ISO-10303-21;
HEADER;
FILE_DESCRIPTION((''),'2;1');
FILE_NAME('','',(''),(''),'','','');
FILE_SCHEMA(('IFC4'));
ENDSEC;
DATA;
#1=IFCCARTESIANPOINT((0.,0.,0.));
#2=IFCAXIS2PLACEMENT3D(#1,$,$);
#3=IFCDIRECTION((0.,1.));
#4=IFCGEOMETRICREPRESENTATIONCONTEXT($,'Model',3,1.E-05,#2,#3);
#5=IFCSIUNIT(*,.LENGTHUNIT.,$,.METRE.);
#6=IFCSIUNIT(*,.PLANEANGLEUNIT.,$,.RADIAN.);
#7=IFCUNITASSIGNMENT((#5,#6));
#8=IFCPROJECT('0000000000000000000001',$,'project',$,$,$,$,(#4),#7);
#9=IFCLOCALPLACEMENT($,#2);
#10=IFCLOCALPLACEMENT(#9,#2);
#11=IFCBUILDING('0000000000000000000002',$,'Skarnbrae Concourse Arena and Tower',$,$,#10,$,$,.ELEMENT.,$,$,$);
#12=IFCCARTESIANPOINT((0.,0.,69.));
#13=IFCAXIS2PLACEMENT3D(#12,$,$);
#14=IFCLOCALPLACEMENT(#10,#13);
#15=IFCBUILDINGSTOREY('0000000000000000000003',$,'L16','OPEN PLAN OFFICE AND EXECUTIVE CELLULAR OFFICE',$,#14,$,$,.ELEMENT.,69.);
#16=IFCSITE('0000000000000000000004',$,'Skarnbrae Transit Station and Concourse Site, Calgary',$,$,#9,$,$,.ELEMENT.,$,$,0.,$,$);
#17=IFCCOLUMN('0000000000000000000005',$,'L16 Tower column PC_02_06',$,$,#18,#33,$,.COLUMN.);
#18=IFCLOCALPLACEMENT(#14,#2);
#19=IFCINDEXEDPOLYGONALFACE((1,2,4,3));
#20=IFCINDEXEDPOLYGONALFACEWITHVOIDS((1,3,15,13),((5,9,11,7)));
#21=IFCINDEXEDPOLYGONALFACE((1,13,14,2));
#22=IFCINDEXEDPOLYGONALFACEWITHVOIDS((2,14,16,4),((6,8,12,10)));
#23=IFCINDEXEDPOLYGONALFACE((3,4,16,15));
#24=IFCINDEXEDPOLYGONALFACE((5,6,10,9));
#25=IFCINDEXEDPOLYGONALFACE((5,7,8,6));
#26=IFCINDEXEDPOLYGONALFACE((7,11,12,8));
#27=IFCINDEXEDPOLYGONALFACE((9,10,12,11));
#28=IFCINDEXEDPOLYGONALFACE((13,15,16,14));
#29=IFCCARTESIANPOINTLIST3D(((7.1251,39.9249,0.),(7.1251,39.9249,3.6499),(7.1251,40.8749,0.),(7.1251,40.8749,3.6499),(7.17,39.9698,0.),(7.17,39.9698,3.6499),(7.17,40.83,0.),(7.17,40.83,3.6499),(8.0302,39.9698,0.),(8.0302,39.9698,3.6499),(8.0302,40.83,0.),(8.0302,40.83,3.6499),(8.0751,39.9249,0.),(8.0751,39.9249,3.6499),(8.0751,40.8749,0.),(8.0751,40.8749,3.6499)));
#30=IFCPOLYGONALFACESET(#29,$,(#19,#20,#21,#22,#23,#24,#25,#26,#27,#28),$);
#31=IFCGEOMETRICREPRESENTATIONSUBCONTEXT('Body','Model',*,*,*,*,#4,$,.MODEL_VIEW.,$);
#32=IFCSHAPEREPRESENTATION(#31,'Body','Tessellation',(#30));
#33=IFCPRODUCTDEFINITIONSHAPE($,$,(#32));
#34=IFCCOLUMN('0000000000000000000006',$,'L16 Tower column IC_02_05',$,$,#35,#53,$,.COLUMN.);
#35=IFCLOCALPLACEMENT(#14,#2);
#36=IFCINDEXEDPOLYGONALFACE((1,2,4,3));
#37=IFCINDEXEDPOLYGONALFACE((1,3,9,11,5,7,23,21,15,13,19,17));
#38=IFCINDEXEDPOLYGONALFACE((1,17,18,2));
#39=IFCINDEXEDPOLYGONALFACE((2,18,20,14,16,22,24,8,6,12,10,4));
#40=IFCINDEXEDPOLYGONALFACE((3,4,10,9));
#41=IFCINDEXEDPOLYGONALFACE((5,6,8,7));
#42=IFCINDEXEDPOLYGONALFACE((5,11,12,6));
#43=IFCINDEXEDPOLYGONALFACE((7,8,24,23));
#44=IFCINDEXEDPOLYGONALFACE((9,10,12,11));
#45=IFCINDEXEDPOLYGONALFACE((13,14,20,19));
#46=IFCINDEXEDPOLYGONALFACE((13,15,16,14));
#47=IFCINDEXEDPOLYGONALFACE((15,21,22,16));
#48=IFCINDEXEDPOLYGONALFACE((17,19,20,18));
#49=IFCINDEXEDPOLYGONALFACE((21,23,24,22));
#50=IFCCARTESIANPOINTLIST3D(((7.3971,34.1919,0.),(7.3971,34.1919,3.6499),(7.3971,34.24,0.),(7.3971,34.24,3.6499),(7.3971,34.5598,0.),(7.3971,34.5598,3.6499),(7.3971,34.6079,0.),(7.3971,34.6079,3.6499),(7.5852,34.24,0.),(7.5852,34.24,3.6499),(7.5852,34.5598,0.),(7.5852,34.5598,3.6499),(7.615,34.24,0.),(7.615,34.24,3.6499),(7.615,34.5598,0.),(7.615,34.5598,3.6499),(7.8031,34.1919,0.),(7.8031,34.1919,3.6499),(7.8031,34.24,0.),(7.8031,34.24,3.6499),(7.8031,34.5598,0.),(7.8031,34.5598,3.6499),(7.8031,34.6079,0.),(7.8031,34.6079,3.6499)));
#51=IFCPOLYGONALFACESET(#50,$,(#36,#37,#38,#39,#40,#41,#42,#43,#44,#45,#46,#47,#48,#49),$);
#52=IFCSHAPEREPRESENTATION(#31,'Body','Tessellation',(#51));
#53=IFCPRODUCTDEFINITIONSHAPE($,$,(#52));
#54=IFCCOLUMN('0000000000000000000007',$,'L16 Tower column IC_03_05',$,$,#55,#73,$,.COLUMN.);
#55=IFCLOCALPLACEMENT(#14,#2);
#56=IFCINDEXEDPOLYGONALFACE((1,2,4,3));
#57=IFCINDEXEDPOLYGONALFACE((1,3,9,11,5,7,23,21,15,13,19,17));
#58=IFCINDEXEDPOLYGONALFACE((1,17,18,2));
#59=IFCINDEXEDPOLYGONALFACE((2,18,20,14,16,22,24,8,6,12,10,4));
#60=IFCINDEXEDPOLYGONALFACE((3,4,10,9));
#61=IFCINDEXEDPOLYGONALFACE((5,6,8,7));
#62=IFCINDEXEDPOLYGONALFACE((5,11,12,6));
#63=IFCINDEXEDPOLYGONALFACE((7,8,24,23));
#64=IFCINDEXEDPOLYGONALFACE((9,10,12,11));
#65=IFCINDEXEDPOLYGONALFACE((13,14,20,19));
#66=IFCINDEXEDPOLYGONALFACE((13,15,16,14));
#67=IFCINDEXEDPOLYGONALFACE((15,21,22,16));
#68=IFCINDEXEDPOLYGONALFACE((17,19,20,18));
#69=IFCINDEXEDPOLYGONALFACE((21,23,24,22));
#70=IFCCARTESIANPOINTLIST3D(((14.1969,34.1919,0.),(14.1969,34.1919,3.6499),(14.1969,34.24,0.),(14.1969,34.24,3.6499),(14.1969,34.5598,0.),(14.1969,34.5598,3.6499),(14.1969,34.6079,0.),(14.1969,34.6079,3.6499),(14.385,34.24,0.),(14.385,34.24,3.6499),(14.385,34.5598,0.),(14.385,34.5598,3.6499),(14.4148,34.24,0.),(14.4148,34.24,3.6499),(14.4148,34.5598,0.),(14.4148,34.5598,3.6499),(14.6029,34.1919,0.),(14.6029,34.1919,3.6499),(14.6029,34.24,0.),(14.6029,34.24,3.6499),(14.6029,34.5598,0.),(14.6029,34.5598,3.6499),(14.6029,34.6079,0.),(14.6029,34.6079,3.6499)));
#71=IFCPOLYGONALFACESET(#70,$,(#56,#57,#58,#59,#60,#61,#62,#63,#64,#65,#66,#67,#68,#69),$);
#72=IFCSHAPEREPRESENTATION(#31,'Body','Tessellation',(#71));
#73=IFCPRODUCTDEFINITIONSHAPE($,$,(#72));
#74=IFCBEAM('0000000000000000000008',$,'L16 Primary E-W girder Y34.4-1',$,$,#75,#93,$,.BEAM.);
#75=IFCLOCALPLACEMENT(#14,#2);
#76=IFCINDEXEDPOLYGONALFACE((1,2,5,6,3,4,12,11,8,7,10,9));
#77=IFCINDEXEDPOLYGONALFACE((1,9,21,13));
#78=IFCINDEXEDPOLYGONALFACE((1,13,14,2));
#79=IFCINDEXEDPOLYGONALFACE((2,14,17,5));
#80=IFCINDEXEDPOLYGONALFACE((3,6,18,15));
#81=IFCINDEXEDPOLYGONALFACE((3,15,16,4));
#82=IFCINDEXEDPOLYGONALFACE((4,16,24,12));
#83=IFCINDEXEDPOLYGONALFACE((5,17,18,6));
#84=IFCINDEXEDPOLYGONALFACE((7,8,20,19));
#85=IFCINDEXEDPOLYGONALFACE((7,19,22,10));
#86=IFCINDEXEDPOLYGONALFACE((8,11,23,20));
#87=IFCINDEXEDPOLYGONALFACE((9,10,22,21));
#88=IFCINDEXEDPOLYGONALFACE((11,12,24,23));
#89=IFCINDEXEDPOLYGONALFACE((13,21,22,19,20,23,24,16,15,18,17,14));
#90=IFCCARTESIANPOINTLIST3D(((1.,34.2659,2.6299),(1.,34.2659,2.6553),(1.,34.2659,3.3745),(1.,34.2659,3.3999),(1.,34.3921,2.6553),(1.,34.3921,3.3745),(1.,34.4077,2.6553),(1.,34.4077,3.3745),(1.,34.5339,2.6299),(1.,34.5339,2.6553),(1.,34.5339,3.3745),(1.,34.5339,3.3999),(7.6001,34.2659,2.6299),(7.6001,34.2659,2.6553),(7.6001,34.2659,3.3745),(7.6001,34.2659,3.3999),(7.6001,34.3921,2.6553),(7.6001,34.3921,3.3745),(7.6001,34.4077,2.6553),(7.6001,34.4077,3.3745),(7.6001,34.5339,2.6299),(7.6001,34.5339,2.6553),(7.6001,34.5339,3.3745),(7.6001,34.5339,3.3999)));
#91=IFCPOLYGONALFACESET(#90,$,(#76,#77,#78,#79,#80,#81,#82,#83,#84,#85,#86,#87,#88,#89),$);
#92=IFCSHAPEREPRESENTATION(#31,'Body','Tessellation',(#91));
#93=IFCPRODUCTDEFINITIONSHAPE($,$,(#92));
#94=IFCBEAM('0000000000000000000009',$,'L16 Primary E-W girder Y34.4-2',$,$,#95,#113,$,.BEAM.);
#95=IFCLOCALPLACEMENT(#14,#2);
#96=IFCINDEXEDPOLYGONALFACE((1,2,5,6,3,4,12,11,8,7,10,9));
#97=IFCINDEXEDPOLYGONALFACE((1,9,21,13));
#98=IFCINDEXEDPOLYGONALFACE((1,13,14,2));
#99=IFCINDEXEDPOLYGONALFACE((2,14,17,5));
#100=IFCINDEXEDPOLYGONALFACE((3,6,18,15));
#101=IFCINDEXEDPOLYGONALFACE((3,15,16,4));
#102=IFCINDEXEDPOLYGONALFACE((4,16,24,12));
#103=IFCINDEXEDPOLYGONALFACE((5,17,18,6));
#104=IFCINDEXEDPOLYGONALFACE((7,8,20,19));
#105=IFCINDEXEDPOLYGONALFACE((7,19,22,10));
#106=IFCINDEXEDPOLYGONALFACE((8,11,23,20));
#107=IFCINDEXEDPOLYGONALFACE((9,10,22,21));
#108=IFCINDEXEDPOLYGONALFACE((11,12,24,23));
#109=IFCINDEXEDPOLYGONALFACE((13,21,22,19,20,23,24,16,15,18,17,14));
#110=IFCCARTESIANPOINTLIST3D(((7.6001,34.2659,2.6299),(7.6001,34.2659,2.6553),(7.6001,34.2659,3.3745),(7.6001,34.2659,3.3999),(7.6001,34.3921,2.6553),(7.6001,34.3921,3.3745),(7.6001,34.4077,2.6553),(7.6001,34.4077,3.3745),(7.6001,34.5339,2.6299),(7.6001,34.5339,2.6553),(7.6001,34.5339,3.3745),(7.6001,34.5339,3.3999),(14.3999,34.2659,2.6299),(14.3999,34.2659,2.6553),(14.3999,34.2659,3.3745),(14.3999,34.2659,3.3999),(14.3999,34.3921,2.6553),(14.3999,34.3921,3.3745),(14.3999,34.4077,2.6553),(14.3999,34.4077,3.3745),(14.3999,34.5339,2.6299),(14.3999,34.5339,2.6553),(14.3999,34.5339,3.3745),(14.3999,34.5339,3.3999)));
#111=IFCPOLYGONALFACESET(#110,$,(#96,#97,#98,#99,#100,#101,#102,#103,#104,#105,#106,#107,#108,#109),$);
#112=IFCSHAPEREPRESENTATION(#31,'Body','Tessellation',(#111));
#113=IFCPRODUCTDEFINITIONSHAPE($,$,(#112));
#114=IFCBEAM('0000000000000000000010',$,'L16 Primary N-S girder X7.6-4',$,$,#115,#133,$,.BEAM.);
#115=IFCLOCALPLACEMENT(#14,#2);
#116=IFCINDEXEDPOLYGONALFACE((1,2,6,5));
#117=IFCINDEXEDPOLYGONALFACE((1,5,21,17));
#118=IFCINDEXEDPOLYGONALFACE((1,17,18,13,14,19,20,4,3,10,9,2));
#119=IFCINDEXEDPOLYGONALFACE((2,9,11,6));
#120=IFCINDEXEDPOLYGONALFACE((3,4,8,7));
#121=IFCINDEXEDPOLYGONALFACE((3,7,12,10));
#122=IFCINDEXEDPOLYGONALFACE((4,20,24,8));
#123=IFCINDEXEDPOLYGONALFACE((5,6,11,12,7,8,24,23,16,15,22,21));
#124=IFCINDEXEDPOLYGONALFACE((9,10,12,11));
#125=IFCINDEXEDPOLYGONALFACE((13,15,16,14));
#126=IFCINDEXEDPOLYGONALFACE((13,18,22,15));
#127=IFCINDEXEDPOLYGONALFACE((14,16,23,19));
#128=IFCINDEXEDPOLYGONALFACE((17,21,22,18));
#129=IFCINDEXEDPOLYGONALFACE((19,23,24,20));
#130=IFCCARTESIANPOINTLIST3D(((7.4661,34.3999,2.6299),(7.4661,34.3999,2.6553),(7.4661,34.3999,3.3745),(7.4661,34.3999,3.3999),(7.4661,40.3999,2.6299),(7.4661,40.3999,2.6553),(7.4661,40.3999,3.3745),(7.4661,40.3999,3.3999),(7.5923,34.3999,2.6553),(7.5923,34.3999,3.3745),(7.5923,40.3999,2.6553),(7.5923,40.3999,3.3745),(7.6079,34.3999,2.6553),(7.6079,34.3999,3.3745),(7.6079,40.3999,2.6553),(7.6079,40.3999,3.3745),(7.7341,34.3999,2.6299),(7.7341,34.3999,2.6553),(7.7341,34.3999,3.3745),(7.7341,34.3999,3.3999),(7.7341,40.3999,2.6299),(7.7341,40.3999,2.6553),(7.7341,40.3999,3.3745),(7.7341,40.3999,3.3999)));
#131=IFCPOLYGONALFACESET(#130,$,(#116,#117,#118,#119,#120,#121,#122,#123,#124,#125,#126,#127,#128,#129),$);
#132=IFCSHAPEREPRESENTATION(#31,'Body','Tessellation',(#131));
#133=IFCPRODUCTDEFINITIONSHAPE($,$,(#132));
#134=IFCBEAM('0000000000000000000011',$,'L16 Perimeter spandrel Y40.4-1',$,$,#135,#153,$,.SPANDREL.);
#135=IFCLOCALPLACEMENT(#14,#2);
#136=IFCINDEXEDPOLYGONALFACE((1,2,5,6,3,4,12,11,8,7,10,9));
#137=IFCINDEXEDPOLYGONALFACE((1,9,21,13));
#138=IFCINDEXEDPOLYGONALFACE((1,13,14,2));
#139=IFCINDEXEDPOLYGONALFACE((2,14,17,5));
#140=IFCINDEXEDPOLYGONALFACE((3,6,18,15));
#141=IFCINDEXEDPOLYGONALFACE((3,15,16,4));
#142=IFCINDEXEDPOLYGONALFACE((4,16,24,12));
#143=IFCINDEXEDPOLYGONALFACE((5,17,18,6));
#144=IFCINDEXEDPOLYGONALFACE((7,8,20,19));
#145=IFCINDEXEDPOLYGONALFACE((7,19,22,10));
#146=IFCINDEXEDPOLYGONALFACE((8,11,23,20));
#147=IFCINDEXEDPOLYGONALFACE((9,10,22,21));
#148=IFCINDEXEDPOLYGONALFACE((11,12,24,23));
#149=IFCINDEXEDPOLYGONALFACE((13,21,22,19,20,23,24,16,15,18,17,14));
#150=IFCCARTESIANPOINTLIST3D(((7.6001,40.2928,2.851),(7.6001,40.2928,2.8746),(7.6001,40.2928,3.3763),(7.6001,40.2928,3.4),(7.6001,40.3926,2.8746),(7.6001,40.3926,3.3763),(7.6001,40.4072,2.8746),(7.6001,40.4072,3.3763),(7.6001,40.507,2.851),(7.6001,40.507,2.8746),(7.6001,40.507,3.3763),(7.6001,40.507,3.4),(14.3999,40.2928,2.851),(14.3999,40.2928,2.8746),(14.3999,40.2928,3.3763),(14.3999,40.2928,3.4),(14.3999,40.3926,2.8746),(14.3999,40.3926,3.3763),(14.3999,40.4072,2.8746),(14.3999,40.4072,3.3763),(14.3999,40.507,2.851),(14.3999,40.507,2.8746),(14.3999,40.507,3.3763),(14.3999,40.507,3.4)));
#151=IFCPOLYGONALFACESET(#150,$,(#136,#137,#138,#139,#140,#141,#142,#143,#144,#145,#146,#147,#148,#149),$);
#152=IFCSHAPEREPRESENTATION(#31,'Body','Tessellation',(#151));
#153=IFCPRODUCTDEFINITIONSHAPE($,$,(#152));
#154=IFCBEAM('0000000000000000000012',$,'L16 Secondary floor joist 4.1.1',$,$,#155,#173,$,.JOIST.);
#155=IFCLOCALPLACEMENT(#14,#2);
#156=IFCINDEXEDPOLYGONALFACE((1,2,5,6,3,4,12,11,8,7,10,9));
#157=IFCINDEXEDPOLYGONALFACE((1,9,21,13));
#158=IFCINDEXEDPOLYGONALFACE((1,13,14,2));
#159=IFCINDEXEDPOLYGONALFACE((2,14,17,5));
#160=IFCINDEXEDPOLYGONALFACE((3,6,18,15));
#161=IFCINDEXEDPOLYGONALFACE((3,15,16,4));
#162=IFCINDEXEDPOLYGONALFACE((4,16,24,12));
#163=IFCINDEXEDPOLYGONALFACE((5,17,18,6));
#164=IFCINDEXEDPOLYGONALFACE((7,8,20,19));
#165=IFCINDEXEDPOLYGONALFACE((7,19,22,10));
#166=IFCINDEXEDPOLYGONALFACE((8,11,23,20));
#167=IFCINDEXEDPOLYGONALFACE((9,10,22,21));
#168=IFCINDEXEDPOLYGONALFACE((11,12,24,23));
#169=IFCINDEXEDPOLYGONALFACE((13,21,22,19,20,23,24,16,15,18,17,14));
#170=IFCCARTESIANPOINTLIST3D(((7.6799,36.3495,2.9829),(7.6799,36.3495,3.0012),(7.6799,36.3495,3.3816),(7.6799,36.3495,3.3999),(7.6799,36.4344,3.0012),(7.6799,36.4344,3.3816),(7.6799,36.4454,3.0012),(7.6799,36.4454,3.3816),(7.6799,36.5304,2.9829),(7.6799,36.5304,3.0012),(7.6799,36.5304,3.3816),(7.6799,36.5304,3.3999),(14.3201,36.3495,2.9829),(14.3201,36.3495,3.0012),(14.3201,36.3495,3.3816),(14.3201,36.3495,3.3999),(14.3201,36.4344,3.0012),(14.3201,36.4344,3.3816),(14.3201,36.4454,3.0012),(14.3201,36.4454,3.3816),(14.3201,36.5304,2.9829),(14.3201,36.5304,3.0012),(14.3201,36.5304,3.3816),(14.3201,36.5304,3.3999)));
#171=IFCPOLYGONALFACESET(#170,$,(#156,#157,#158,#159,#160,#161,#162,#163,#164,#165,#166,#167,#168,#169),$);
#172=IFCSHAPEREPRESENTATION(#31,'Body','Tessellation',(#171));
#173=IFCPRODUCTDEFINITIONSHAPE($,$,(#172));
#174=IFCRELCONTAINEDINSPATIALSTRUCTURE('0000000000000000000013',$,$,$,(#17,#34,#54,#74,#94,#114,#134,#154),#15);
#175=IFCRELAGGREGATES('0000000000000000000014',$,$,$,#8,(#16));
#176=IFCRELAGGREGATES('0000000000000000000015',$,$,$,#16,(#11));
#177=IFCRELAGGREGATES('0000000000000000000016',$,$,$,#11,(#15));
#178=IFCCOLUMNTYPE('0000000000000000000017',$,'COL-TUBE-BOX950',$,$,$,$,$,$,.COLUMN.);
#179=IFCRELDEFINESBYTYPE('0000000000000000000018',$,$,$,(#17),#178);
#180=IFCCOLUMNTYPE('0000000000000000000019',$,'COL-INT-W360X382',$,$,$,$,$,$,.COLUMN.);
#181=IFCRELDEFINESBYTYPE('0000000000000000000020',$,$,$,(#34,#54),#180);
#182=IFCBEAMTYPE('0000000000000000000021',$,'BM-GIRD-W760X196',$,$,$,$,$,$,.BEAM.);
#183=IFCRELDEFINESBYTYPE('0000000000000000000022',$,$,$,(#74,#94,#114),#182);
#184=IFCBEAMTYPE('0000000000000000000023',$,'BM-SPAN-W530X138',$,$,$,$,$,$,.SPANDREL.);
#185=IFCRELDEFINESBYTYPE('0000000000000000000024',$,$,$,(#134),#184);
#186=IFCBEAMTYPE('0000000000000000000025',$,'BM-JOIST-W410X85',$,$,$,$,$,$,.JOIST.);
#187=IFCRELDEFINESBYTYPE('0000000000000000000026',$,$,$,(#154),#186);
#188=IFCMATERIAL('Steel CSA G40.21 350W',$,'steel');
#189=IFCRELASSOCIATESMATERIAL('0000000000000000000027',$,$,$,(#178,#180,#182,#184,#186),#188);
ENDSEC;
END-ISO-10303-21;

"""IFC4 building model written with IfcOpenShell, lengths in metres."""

from ifc_helpers import new_model, si_unit, direction, frame, origin, origin_2d, place, context, subcontext, project, spatial, hollow_rectangle, i_section, extrude, source, transform, mapped, material, material_profile, profile_set, type_object, element, save


model = new_model("IFC4")

# Units and contexts
model_context = context("Model", 3, precision=1e-05, world=origin(), true_north=direction((0.0, 1.0)))
body_context = subcontext(model_context, "Body", "Model", "MODEL_VIEW")
ifc_project = project(units=[si_unit("LENGTHUNIT", "METRE"), si_unit("PLANEANGLEUNIT", "RADIAN")], contexts=[model_context])

# Site, building, storey
site_placement = place(None, origin())
site = spatial("IfcSite", under=ifc_project, at=site_placement, Name="Skarnbrae Transit Station and Concourse Site, Calgary", CompositionType="ELEMENT", RefElevation=0.0)
building_placement = place(site_placement, origin())
building = spatial("IfcBuilding", under=site, at=building_placement, Name="Skarnbrae Concourse Arena and Tower", CompositionType="ELEMENT")
storey_placement = place(building_placement, frame((0.0, 0.0, 69.0)))
storey = spatial("IfcBuildingStorey", under=building, at=storey_placement, Name="L16", Description="OPEN PLAN OFFICE AND EXECUTIVE CELLULAR OFFICE", CompositionType="ELEMENT", Elevation=69.0)

# Columns
ifc_material_1 = material(Name="Steel CSA G40.21 350W", Category="steel")
ifc_material_profile_1 = material_profile(ifc_material_1, hollow_rectangle(XDim=0.95, YDim=0.95, WallThickness=0.0449, at=origin_2d()), Name="BOX950X950X45")
ifc_profile_set_1 = profile_set([ifc_material_profile_1], Name="Steel CSA G40.21 350W")
column_type_1 = type_object("IfcColumnType", Name="COL-TUBE-BOX950", PredefinedType="COLUMN", material=ifc_profile_set_1)
shared_shape_1 = source(origin(), body_context, "Body", "SweptSolid", [
    extrude(hollow_rectangle(XDim=0.95, YDim=0.95, WallThickness=0.0449, at=origin_2d()), origin(), (0.0, 0.0, 1.0), 3.6499),
])
column_placement = place(storey_placement, frame((7.6001, 40.3999, 0.0), z_axis=(0.0, 0.0, 1.0), x_axis=(1.0, 0.0, 0.0)))
element("IfcColumn", 1, at=column_placement, inside=storey, type_object=column_type_1, Name="L16 Tower column PC_02_06", PredefinedType="COLUMN", context=body_context, shape_type="MappedRepresentation", body=[
    mapped(shared_shape_1, transform((0.0, 0.0, 0.0))),
])
ifc_material_profile_2 = material_profile(ifc_material_1, i_section(OverallWidth=0.406, OverallDepth=0.416, WebThickness=0.0298, FlangeThickness=0.0481, at=origin_2d()), Name="W360X382")
ifc_profile_set_2 = profile_set([ifc_material_profile_2], Name="Steel CSA G40.21 350W")
column_type_2 = type_object("IfcColumnType", Name="COL-INT-W360X382", PredefinedType="COLUMN", material=ifc_profile_set_2)
shared_shape_2 = source(origin(), body_context, "Body", "SweptSolid", [
    extrude(i_section(OverallWidth=0.406, OverallDepth=0.416, WebThickness=0.0298, FlangeThickness=0.0481, at=origin_2d()), origin(), (0.0, 0.0, 1.0), 3.6499),
])
for number, where, z_axis, x_axis, name in (
    (2, (7.6001, 34.3999, 0.0), (0.0, 0.0, 1.0), (1.0, 0.0, 0.0), "L16 Tower column IC_02_05"),
    (3, (14.3999, 34.3999, 0.0), (0.0, 0.0, 1.0), (1.0, 0.0, 0.0), "L16 Tower column IC_03_05"),
):
    element("IfcColumn", number, at=place(storey_placement, frame(where, z_axis=z_axis, x_axis=x_axis)), inside=storey, type_object=column_type_2, Name=name, PredefinedType="COLUMN", context=body_context, shape_type="MappedRepresentation", body=[
        mapped(shared_shape_2, transform((0.0, 0.0, 0.0))),
    ])

# Beams
ifc_material_profile_3 = material_profile(ifc_material_1, i_section(OverallWidth=0.2681, OverallDepth=0.77, WebThickness=0.0156, FlangeThickness=0.0254, at=origin_2d()), Name="W760X196")
ifc_profile_set_3 = profile_set([ifc_material_profile_3], Name="Steel CSA G40.21 350W")
beam_type_1 = type_object("IfcBeamType", Name="BM-GIRD-W760X196", PredefinedType="BEAM", material=ifc_profile_set_3)
shared_shape_3 = source(origin(), body_context, "Body", "SweptSolid", [
    extrude(i_section(OverallWidth=0.2681, OverallDepth=0.77, WebThickness=0.0156, FlangeThickness=0.0254, at=origin_2d()), origin(), (0.0, 0.0, 1.0), 6.6001),
])
beam_1_placement = place(storey_placement, frame((1.0, 34.3999, 3.0149), z_axis=(1.0, 0.0, 0.0), x_axis=(0.0, 1.0, 0.0)))
element("IfcBeam", 4, at=beam_1_placement, inside=storey, type_object=beam_type_1, Name="L16 Primary E-W girder Y34.4-1", PredefinedType="BEAM", context=body_context, shape_type="MappedRepresentation", body=[
    mapped(shared_shape_3, transform((0.0, 0.0, 0.0))),
])
shared_shape_4 = source(origin(), body_context, "Body", "SweptSolid", [
    extrude(i_section(OverallWidth=0.2681, OverallDepth=0.77, WebThickness=0.0156, FlangeThickness=0.0254, at=origin_2d()), origin(), (0.0, 0.0, 1.0), 6.7998),
])
beam_2_placement = place(storey_placement, frame((7.6001, 34.3999, 3.0149), z_axis=(1.0, 0.0, 0.0), x_axis=(0.0, 1.0, 0.0)))
element("IfcBeam", 5, at=beam_2_placement, inside=storey, type_object=beam_type_1, Name="L16 Primary E-W girder Y34.4-2", PredefinedType="BEAM", context=body_context, shape_type="MappedRepresentation", body=[
    mapped(shared_shape_4, transform((0.0, 0.0, 0.0))),
])
shared_shape_5 = source(origin(), body_context, "Body", "SweptSolid", [
    extrude(i_section(OverallWidth=0.2681, OverallDepth=0.77, WebThickness=0.0156, FlangeThickness=0.0254, at=origin_2d()), origin(), (0.0, 0.0, 1.0), 6.0),
])
beam_3_placement = place(storey_placement, frame((7.6001, 34.3999, 3.0149), z_axis=(0.0, 1.0, 0.0), x_axis=(-1.0, 0.0, 0.0)))
element("IfcBeam", 6, at=beam_3_placement, inside=storey, type_object=beam_type_1, Name="L16 Primary N-S girder X7.6-4", PredefinedType="BEAM", context=body_context, shape_type="MappedRepresentation", body=[
    mapped(shared_shape_5, transform((0.0, 0.0, 0.0))),
])
ifc_material_profile_4 = material_profile(ifc_material_1, i_section(OverallWidth=0.2141, OverallDepth=0.5491, WebThickness=0.0146, FlangeThickness=0.0237, at=origin_2d()), Name="W530X138")
ifc_profile_set_4 = profile_set([ifc_material_profile_4], Name="Steel CSA G40.21 350W")
beam_type_2 = type_object("IfcBeamType", Name="BM-SPAN-W530X138", PredefinedType="SPANDREL", material=ifc_profile_set_4)
shared_shape_6 = source(origin(), body_context, "Body", "SweptSolid", [
    extrude(i_section(OverallWidth=0.2141, OverallDepth=0.5491, WebThickness=0.0146, FlangeThickness=0.0237, at=origin_2d()), origin(), (0.0, 0.0, 1.0), 6.7998),
])
beam_4_placement = place(storey_placement, frame((7.6001, 40.3999, 3.1255), z_axis=(1.0, 0.0, 0.0), x_axis=(0.0, 1.0, 0.0)))
element("IfcBeam", 7, at=beam_4_placement, inside=storey, type_object=beam_type_2, Name="L16 Perimeter spandrel Y40.4-1", PredefinedType="SPANDREL", context=body_context, shape_type="MappedRepresentation", body=[
    mapped(shared_shape_6, transform((0.0, 0.0, 0.0))),
])
ifc_material_profile_5 = material_profile(ifc_material_1, i_section(OverallWidth=0.1809, OverallDepth=0.417, WebThickness=0.011, FlangeThickness=0.0183, at=origin_2d()), Name="W410X85")
ifc_profile_set_5 = profile_set([ifc_material_profile_5], Name="Steel CSA G40.21 350W")
beam_type_3 = type_object("IfcBeamType", Name="BM-JOIST-W410X85", PredefinedType="JOIST", material=ifc_profile_set_5)
shared_shape_7 = source(origin(), body_context, "Body", "SweptSolid", [
    extrude(i_section(OverallWidth=0.1809, OverallDepth=0.417, WebThickness=0.011, FlangeThickness=0.0183, at=origin_2d()), origin(), (0.0, 0.0, 1.0), 6.6401),
])
for number, where, z_axis, x_axis, name in (
    (8, (7.6799, 36.4399, 3.1914), (1.0, 0.0, 0.0), (0.0, 1.0, 0.0), "L16 Secondary floor joist 4.1.1"),
):
    element("IfcBeam", number, at=place(storey_placement, frame(where, z_axis=z_axis, x_axis=x_axis)), inside=storey, type_object=beam_type_3, Name=name, PredefinedType="JOIST", context=body_context, shape_type="MappedRepresentation", body=[
        mapped(shared_shape_7, transform((0.0, 0.0, 0.0))),
    ])

save(model, "model.ifc")
